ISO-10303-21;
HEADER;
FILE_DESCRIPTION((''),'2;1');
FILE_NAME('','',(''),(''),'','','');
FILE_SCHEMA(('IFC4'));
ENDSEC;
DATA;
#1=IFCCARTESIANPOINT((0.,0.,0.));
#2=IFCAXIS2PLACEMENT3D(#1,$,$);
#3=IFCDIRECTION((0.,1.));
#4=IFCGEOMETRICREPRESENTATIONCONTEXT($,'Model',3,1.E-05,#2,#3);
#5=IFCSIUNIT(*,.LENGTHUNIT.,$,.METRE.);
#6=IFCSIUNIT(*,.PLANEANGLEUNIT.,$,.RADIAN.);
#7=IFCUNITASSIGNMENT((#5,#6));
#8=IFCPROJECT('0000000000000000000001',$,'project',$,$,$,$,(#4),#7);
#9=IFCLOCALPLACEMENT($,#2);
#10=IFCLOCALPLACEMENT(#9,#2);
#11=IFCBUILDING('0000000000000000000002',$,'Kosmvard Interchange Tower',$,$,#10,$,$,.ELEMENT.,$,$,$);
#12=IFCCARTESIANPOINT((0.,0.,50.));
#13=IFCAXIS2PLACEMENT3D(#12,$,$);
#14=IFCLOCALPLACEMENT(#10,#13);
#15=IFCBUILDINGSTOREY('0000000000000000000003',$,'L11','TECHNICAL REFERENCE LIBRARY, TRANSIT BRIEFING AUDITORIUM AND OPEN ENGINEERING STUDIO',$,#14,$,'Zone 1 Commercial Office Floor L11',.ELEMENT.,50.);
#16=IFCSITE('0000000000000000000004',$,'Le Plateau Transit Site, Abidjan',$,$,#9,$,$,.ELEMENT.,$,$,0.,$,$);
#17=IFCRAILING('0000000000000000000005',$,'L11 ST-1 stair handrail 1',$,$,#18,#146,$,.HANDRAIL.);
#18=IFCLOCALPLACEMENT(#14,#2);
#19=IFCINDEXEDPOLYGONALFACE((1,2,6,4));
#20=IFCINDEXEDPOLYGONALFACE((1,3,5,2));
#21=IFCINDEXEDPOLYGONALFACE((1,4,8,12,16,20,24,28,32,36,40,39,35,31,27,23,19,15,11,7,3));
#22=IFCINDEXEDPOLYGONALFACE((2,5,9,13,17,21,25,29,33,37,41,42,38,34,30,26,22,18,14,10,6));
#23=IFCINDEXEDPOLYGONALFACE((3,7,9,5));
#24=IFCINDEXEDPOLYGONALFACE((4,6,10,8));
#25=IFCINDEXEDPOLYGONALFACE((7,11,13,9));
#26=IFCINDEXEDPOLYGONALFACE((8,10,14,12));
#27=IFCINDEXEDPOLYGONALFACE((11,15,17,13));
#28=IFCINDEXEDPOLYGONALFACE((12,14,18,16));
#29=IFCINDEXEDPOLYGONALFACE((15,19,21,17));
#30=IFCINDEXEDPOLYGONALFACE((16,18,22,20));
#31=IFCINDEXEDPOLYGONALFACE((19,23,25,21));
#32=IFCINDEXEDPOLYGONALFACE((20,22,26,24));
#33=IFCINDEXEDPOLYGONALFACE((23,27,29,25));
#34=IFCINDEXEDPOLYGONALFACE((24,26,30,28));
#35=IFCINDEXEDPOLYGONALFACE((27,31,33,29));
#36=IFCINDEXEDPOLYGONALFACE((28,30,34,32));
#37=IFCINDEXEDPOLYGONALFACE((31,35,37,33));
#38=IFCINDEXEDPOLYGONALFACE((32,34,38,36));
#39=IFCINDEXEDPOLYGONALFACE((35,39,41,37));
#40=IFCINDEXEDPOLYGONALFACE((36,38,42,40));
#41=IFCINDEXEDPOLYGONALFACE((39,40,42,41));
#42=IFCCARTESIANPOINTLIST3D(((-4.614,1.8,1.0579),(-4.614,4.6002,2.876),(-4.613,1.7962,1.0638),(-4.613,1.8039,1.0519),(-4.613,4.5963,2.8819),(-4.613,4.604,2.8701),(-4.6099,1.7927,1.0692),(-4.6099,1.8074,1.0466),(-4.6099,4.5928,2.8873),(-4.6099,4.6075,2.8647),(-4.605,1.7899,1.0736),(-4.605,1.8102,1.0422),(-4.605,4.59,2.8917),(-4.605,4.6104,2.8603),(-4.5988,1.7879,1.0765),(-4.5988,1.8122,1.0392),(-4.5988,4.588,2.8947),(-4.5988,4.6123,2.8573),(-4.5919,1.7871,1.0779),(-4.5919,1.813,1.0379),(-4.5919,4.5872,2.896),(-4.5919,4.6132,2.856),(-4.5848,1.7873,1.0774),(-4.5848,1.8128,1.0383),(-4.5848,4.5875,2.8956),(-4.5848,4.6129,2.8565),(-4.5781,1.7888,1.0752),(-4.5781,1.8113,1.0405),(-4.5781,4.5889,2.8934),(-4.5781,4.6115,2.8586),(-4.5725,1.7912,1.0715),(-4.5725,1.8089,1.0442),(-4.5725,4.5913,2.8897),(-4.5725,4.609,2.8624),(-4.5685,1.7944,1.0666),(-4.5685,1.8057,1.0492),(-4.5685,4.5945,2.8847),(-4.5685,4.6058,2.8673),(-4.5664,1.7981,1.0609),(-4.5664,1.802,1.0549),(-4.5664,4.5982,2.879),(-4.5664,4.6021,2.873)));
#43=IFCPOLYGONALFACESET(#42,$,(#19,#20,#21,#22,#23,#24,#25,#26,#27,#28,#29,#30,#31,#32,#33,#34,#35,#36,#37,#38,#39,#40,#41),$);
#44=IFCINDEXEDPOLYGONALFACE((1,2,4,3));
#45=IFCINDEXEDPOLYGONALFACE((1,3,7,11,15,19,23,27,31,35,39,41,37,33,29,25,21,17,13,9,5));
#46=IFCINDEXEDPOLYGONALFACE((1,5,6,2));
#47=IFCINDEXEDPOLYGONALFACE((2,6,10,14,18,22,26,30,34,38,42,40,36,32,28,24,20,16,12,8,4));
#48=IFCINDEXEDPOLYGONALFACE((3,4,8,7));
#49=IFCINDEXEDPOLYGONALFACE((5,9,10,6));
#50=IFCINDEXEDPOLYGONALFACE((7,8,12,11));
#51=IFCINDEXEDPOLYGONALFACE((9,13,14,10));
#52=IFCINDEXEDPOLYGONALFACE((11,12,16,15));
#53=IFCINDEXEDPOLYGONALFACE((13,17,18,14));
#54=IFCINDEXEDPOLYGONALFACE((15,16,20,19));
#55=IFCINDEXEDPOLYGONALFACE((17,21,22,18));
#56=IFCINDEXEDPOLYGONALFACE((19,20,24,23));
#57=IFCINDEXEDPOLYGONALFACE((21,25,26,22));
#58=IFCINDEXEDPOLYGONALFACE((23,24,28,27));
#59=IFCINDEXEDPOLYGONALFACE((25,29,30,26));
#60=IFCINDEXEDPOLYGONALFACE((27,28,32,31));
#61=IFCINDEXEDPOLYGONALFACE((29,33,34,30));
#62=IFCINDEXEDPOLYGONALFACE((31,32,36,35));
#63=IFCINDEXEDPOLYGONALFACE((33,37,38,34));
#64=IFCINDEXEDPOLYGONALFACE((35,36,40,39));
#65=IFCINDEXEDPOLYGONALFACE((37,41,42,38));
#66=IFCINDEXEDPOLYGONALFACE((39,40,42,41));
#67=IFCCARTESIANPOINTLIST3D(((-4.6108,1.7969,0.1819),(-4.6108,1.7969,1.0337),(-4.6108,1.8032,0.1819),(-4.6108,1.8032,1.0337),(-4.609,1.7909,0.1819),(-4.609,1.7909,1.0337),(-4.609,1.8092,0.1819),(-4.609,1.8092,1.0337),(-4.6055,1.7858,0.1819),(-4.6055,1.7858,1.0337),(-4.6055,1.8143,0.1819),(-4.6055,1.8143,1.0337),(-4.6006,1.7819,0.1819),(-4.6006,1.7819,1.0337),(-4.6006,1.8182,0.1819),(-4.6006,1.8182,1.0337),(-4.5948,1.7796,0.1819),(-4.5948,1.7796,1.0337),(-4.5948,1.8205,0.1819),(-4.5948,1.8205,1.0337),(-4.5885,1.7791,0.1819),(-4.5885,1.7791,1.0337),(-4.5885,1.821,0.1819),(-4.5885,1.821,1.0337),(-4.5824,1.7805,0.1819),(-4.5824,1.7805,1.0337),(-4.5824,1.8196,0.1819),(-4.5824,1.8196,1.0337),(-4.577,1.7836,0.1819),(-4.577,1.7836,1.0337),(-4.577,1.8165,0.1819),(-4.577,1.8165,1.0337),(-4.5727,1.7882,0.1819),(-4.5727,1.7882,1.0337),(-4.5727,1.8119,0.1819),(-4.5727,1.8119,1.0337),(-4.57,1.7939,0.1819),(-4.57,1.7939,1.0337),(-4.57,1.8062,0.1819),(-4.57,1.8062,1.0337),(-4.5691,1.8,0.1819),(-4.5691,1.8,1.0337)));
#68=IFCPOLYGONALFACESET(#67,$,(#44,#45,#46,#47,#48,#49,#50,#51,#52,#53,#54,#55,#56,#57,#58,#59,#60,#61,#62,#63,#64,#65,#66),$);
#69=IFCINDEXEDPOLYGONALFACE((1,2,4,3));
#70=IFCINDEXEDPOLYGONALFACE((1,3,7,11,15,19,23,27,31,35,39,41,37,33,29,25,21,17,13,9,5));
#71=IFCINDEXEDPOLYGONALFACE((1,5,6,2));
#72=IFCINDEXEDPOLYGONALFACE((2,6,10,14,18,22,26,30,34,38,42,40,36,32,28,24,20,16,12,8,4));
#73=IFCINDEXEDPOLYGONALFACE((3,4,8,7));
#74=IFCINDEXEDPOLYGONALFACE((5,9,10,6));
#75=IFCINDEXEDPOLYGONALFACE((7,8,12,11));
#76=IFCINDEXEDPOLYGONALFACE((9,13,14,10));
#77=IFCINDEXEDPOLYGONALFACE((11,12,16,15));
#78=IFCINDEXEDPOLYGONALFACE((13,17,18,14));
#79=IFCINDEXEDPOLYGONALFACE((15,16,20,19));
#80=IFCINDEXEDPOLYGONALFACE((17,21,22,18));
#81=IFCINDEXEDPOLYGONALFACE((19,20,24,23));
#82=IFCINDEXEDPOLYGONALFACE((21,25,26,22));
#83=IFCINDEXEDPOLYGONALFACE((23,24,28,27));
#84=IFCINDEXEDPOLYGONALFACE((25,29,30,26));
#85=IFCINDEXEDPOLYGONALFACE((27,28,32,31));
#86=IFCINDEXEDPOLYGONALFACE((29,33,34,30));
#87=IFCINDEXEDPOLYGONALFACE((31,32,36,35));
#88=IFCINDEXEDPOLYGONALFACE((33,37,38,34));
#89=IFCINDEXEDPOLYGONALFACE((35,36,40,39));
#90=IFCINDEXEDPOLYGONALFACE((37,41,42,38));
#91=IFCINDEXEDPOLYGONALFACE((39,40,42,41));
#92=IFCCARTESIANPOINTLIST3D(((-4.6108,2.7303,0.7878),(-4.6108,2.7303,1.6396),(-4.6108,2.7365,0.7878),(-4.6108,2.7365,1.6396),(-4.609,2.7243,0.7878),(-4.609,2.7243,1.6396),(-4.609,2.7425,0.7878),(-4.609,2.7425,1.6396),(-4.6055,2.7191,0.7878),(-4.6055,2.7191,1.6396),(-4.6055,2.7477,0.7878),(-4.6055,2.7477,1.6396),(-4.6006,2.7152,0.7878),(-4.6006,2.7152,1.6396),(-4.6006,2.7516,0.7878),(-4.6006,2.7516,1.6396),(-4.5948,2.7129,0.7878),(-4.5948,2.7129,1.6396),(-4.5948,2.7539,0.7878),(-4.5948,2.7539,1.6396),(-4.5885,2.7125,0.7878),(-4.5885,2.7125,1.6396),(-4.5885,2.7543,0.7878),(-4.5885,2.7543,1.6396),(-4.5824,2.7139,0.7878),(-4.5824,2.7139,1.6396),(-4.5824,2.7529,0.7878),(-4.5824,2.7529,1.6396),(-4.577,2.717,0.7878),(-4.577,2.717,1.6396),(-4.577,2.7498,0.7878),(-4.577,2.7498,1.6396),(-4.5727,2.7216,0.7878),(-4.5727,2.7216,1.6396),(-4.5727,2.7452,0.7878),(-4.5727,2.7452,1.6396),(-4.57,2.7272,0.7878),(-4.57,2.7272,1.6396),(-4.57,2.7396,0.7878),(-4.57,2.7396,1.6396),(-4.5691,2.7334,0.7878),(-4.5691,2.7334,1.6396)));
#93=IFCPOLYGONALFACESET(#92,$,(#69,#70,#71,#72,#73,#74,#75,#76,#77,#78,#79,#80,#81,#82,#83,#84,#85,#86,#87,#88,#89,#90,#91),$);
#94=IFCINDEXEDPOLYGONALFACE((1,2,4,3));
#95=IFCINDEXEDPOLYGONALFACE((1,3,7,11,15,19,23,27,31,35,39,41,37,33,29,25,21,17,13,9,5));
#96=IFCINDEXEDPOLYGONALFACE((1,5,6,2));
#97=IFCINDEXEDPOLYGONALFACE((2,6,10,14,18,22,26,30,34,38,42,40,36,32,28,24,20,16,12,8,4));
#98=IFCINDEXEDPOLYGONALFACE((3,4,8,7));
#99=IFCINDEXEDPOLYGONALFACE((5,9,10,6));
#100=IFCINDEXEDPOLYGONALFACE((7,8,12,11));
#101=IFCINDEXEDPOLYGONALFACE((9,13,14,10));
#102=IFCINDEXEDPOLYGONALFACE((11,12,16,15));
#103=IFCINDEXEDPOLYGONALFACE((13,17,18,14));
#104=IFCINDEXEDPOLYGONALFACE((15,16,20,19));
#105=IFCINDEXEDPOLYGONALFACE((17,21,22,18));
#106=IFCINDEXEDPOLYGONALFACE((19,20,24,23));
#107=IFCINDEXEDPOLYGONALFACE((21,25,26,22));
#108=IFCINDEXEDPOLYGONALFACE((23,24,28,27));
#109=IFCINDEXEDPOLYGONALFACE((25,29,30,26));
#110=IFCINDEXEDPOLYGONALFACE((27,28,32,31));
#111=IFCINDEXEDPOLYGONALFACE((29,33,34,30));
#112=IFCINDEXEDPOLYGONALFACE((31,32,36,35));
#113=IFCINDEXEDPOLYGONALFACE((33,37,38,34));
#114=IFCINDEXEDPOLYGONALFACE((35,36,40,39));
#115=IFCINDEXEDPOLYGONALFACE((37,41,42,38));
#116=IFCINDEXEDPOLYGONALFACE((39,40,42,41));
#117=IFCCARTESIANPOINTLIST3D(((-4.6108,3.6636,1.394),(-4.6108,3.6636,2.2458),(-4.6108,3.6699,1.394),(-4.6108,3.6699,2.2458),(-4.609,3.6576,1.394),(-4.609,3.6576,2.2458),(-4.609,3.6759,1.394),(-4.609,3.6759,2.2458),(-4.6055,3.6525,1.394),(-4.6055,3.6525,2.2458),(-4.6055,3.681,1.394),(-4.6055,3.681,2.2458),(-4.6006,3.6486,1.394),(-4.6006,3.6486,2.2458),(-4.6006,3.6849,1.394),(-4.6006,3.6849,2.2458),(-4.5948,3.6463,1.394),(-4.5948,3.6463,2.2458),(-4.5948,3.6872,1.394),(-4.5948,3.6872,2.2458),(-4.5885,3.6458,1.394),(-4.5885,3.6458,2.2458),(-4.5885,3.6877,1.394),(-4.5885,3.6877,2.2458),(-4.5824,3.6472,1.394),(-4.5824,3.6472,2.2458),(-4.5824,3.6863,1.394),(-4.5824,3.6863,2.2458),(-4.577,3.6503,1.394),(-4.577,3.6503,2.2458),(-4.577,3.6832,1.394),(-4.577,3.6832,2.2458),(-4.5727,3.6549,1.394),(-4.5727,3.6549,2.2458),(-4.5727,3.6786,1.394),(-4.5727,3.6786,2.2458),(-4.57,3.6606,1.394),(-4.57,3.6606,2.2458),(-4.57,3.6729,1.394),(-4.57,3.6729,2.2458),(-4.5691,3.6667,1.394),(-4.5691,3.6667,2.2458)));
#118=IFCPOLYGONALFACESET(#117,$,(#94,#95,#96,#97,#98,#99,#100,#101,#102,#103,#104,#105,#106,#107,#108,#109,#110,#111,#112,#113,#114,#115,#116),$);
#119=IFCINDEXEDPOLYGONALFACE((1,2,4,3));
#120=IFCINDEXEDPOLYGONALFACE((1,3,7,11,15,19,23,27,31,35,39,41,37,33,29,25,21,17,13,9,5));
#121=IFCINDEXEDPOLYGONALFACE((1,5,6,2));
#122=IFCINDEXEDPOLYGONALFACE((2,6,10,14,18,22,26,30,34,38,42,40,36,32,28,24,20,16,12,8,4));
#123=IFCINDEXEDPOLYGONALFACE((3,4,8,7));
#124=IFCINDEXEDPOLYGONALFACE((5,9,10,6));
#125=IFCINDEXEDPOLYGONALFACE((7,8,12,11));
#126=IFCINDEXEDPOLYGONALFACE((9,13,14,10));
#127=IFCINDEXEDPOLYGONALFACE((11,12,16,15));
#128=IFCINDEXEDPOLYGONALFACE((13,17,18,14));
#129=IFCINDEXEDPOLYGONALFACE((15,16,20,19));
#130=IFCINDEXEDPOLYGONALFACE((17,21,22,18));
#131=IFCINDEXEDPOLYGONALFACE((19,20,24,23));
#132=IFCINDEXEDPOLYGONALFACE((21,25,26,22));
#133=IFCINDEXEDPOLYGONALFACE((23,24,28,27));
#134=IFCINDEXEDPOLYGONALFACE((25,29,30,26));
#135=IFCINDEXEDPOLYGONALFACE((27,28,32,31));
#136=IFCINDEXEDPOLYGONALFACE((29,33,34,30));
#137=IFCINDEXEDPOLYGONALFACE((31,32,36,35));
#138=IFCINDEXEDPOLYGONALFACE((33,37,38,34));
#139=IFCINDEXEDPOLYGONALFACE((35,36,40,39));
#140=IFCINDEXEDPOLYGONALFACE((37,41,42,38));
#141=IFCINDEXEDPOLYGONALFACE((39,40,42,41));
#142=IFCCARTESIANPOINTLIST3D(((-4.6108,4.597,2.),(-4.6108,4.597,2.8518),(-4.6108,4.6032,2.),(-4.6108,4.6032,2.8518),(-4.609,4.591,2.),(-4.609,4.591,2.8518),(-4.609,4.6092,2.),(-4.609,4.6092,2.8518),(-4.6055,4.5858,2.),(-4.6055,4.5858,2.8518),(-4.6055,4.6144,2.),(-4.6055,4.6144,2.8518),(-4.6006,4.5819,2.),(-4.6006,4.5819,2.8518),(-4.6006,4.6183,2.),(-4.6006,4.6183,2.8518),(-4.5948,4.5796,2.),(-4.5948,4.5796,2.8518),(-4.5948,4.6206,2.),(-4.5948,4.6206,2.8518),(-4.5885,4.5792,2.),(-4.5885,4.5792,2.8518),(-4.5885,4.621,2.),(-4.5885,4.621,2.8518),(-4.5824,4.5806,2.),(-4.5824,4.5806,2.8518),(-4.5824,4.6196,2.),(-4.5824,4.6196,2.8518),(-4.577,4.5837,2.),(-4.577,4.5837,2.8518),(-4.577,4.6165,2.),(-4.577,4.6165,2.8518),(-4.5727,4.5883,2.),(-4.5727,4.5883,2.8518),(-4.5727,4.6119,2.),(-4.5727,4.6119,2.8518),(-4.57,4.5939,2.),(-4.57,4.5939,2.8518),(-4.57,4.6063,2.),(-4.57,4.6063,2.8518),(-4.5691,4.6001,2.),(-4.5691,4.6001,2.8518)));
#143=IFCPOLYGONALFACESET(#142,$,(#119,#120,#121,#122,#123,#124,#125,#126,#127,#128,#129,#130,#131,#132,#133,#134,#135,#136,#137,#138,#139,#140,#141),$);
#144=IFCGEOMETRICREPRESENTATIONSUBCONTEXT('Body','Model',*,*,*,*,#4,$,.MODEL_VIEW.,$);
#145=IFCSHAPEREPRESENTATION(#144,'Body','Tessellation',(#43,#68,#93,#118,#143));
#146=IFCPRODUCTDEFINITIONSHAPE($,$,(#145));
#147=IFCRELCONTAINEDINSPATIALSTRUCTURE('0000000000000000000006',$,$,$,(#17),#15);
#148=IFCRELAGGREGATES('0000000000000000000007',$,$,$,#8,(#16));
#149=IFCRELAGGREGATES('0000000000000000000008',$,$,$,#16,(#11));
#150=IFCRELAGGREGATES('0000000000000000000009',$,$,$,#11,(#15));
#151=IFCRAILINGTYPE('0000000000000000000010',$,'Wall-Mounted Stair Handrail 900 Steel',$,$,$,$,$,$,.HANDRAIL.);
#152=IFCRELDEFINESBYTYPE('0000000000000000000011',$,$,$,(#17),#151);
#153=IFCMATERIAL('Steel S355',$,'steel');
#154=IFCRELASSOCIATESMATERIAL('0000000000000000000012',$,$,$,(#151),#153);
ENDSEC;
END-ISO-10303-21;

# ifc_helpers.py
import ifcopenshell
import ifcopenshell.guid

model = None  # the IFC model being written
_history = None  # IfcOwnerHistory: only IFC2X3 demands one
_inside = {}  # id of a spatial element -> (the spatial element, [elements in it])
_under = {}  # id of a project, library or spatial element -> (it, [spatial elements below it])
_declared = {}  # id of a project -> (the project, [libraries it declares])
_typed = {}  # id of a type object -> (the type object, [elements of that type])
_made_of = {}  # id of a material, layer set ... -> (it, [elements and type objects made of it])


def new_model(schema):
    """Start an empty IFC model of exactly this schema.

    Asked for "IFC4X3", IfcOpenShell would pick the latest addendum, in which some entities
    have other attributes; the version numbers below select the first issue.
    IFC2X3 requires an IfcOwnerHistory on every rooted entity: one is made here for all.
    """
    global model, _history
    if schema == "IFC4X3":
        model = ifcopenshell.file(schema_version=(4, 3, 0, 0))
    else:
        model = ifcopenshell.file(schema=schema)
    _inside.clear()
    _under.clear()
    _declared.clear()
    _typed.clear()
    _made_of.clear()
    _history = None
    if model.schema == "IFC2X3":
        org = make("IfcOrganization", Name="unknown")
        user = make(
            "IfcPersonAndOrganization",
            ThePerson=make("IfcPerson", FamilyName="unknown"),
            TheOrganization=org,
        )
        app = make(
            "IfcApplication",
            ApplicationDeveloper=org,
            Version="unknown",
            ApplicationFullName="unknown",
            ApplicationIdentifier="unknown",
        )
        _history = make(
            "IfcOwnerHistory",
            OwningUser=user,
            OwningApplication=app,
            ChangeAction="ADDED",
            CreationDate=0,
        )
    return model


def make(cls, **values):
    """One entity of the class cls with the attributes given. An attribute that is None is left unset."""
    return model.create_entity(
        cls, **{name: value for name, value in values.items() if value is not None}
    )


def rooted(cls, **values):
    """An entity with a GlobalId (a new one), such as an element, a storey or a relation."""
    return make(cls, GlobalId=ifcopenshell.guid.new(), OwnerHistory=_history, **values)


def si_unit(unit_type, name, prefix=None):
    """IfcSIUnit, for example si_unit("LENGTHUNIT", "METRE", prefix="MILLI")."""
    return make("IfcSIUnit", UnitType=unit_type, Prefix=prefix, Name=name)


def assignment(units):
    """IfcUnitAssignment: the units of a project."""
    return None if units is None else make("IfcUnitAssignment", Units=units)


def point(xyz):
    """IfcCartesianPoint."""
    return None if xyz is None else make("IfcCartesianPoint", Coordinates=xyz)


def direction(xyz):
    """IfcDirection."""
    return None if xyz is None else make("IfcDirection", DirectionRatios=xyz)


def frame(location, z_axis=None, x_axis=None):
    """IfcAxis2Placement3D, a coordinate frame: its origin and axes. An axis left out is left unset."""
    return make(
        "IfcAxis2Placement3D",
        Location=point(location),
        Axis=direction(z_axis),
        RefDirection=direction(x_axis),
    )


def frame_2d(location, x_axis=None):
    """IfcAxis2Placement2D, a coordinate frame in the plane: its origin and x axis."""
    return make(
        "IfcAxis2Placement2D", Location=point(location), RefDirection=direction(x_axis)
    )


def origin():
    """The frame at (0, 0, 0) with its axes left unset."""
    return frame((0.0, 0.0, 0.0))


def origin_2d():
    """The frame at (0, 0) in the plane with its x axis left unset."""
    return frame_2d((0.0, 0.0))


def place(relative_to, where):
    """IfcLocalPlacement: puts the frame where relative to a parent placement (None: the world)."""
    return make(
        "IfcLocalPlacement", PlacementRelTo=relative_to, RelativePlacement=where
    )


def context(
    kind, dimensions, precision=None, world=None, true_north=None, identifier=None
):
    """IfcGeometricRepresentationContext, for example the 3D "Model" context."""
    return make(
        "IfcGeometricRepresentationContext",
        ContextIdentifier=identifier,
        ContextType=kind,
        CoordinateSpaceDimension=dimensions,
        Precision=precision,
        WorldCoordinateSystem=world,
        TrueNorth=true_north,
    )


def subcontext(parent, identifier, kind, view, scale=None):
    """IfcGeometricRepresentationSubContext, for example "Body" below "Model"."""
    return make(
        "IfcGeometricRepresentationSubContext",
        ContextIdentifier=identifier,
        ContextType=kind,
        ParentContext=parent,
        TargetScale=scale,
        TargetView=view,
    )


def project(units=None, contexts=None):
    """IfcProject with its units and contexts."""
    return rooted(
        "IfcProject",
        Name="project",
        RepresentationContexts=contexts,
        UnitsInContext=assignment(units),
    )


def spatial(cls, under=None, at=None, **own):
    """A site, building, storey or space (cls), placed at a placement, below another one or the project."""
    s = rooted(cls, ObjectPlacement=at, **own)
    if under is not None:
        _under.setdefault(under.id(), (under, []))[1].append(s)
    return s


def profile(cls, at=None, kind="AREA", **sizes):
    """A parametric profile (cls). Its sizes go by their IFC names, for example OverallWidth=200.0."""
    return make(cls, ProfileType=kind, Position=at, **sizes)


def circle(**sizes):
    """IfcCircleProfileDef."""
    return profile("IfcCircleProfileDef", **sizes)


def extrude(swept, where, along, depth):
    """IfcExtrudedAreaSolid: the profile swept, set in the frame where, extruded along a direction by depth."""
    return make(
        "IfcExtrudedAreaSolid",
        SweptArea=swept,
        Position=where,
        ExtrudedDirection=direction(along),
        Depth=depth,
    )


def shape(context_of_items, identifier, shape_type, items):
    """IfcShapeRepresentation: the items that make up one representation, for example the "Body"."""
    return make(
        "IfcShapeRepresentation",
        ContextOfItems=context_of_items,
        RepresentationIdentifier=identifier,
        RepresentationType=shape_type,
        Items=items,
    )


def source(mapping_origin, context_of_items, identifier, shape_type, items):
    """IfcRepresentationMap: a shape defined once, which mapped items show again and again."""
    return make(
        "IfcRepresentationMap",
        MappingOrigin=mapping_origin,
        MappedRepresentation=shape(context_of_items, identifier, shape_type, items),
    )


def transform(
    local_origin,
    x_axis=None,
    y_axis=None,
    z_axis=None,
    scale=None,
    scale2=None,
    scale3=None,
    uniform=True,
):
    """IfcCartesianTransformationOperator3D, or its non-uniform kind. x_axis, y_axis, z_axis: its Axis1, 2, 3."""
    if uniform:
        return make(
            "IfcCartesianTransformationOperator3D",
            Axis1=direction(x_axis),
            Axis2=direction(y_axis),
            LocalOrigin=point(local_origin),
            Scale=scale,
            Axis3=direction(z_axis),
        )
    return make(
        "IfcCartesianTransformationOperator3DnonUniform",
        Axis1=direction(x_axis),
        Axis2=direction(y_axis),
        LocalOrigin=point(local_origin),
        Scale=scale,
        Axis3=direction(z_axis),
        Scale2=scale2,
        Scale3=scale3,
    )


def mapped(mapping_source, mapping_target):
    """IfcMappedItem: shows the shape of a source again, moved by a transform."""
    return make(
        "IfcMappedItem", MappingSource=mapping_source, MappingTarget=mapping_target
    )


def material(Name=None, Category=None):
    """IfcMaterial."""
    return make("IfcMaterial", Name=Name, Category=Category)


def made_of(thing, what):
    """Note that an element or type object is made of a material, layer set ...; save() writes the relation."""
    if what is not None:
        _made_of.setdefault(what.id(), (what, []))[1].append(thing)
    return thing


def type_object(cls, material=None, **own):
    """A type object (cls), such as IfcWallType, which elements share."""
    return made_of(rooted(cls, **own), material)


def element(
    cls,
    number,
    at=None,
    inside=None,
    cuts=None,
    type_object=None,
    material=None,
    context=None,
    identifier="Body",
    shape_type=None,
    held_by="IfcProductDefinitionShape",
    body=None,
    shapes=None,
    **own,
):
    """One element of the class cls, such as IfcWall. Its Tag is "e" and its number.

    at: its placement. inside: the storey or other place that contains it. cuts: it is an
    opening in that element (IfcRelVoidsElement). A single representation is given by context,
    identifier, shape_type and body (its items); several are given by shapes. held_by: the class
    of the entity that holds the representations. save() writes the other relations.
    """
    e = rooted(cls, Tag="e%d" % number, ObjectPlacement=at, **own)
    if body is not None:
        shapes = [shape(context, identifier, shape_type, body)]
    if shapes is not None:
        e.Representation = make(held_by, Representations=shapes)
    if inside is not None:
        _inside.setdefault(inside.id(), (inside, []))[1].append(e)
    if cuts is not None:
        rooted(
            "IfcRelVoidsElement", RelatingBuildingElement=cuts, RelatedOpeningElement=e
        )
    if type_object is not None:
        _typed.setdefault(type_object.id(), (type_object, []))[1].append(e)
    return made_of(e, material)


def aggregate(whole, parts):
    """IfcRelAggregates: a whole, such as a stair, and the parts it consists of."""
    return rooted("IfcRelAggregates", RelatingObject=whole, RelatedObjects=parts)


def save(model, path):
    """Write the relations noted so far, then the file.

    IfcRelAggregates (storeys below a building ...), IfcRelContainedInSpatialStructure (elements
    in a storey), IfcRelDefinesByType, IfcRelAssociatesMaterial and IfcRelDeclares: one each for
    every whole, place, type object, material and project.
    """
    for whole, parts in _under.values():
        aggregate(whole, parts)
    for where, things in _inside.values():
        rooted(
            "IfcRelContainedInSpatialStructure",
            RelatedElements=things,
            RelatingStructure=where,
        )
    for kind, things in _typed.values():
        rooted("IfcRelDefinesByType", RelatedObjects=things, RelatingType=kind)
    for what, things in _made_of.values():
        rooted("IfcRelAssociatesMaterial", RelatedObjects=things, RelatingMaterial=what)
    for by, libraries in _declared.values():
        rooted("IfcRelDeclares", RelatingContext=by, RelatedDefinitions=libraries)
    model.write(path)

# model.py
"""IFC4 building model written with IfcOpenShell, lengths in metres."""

from ifc_helpers import new_model, si_unit, direction, frame, origin, origin_2d, place, context, subcontext, project, spatial, circle, extrude, source, transform, mapped, material, type_object, element, save


model = new_model("IFC4")

# Units and contexts
model_context = context("Model", 3, precision=1e-05, world=origin(), true_north=direction((0.0, 1.0)))
body_context = subcontext(model_context, "Body", "Model", "MODEL_VIEW")
ifc_project = project(units=[si_unit("LENGTHUNIT", "METRE"), si_unit("PLANEANGLEUNIT", "RADIAN")], contexts=[model_context])

# Site, building, storey
site_placement = place(None, origin())
site = spatial("IfcSite", under=ifc_project, at=site_placement, Name="Le Plateau Transit Site, Abidjan", CompositionType="ELEMENT", RefElevation=0.0)
building_placement = place(site_placement, origin())
building = spatial("IfcBuilding", under=site, at=building_placement, Name="Kosmvard Interchange Tower", CompositionType="ELEMENT")
storey_placement = place(building_placement, frame((0.0, 0.0, 50.0)))
storey = spatial("IfcBuildingStorey", under=building, at=storey_placement, Name="L11", Description="TECHNICAL REFERENCE LIBRARY, TRANSIT BRIEFING AUDITORIUM AND OPEN ENGINEERING STUDIO", LongName="Zone 1 Commercial Office Floor L11", CompositionType="ELEMENT", Elevation=50.0)

# Railing
ifc_material_1 = material(Name="Steel S355", Category="steel")
railing_type_1 = type_object("IfcRailingType", Name="Wall-Mounted Stair Handrail 900 Steel", PredefinedType="HANDRAIL", material=ifc_material_1)
shared_shape_1 = source(origin(), body_context, "Body", "SweptSolid", [
    extrude(circle(Radius=0.0239, at=origin_2d()), frame((0.0, 0.0, 0.876), z_axis=(0.0, 0.838706, 0.544585), x_axis=(-1.0, 0.0, 0.0)), (0.0, 0.0, 1.0), 3.3386),
    extrude(circle(Radius=0.021, at=origin_2d()), origin(), (0.0, 0.0, 1.0), 0.8518),
    extrude(circle(Radius=0.021, at=origin_2d()), frame((0.0, 0.9333, 0.606)), (0.0, 0.0, 1.0), 0.8518),
    extrude(circle(Radius=0.021, at=origin_2d()), frame((0.0, 1.8667, 1.2122)), (0.0, 0.0, 1.0), 0.8518),
    extrude(circle(Radius=0.021, at=origin_2d()), frame((0.0, 2.8, 1.8181)), (0.0, 0.0, 1.0), 0.8518),
])
railing_1_placement = place(storey_placement, frame((-4.5901, 1.8, 0.1819)))
element("IfcRailing", 1, at=railing_1_placement, inside=storey, type_object=railing_type_1, Name="L11 ST-1 stair handrail 1", PredefinedType="HANDRAIL", context=body_context, shape_type="MappedRepresentation", body=[
    mapped(shared_shape_1, transform((0.0, 0.0, 0.0), scale=1.0)),
])

save(model, "model.ifc")
